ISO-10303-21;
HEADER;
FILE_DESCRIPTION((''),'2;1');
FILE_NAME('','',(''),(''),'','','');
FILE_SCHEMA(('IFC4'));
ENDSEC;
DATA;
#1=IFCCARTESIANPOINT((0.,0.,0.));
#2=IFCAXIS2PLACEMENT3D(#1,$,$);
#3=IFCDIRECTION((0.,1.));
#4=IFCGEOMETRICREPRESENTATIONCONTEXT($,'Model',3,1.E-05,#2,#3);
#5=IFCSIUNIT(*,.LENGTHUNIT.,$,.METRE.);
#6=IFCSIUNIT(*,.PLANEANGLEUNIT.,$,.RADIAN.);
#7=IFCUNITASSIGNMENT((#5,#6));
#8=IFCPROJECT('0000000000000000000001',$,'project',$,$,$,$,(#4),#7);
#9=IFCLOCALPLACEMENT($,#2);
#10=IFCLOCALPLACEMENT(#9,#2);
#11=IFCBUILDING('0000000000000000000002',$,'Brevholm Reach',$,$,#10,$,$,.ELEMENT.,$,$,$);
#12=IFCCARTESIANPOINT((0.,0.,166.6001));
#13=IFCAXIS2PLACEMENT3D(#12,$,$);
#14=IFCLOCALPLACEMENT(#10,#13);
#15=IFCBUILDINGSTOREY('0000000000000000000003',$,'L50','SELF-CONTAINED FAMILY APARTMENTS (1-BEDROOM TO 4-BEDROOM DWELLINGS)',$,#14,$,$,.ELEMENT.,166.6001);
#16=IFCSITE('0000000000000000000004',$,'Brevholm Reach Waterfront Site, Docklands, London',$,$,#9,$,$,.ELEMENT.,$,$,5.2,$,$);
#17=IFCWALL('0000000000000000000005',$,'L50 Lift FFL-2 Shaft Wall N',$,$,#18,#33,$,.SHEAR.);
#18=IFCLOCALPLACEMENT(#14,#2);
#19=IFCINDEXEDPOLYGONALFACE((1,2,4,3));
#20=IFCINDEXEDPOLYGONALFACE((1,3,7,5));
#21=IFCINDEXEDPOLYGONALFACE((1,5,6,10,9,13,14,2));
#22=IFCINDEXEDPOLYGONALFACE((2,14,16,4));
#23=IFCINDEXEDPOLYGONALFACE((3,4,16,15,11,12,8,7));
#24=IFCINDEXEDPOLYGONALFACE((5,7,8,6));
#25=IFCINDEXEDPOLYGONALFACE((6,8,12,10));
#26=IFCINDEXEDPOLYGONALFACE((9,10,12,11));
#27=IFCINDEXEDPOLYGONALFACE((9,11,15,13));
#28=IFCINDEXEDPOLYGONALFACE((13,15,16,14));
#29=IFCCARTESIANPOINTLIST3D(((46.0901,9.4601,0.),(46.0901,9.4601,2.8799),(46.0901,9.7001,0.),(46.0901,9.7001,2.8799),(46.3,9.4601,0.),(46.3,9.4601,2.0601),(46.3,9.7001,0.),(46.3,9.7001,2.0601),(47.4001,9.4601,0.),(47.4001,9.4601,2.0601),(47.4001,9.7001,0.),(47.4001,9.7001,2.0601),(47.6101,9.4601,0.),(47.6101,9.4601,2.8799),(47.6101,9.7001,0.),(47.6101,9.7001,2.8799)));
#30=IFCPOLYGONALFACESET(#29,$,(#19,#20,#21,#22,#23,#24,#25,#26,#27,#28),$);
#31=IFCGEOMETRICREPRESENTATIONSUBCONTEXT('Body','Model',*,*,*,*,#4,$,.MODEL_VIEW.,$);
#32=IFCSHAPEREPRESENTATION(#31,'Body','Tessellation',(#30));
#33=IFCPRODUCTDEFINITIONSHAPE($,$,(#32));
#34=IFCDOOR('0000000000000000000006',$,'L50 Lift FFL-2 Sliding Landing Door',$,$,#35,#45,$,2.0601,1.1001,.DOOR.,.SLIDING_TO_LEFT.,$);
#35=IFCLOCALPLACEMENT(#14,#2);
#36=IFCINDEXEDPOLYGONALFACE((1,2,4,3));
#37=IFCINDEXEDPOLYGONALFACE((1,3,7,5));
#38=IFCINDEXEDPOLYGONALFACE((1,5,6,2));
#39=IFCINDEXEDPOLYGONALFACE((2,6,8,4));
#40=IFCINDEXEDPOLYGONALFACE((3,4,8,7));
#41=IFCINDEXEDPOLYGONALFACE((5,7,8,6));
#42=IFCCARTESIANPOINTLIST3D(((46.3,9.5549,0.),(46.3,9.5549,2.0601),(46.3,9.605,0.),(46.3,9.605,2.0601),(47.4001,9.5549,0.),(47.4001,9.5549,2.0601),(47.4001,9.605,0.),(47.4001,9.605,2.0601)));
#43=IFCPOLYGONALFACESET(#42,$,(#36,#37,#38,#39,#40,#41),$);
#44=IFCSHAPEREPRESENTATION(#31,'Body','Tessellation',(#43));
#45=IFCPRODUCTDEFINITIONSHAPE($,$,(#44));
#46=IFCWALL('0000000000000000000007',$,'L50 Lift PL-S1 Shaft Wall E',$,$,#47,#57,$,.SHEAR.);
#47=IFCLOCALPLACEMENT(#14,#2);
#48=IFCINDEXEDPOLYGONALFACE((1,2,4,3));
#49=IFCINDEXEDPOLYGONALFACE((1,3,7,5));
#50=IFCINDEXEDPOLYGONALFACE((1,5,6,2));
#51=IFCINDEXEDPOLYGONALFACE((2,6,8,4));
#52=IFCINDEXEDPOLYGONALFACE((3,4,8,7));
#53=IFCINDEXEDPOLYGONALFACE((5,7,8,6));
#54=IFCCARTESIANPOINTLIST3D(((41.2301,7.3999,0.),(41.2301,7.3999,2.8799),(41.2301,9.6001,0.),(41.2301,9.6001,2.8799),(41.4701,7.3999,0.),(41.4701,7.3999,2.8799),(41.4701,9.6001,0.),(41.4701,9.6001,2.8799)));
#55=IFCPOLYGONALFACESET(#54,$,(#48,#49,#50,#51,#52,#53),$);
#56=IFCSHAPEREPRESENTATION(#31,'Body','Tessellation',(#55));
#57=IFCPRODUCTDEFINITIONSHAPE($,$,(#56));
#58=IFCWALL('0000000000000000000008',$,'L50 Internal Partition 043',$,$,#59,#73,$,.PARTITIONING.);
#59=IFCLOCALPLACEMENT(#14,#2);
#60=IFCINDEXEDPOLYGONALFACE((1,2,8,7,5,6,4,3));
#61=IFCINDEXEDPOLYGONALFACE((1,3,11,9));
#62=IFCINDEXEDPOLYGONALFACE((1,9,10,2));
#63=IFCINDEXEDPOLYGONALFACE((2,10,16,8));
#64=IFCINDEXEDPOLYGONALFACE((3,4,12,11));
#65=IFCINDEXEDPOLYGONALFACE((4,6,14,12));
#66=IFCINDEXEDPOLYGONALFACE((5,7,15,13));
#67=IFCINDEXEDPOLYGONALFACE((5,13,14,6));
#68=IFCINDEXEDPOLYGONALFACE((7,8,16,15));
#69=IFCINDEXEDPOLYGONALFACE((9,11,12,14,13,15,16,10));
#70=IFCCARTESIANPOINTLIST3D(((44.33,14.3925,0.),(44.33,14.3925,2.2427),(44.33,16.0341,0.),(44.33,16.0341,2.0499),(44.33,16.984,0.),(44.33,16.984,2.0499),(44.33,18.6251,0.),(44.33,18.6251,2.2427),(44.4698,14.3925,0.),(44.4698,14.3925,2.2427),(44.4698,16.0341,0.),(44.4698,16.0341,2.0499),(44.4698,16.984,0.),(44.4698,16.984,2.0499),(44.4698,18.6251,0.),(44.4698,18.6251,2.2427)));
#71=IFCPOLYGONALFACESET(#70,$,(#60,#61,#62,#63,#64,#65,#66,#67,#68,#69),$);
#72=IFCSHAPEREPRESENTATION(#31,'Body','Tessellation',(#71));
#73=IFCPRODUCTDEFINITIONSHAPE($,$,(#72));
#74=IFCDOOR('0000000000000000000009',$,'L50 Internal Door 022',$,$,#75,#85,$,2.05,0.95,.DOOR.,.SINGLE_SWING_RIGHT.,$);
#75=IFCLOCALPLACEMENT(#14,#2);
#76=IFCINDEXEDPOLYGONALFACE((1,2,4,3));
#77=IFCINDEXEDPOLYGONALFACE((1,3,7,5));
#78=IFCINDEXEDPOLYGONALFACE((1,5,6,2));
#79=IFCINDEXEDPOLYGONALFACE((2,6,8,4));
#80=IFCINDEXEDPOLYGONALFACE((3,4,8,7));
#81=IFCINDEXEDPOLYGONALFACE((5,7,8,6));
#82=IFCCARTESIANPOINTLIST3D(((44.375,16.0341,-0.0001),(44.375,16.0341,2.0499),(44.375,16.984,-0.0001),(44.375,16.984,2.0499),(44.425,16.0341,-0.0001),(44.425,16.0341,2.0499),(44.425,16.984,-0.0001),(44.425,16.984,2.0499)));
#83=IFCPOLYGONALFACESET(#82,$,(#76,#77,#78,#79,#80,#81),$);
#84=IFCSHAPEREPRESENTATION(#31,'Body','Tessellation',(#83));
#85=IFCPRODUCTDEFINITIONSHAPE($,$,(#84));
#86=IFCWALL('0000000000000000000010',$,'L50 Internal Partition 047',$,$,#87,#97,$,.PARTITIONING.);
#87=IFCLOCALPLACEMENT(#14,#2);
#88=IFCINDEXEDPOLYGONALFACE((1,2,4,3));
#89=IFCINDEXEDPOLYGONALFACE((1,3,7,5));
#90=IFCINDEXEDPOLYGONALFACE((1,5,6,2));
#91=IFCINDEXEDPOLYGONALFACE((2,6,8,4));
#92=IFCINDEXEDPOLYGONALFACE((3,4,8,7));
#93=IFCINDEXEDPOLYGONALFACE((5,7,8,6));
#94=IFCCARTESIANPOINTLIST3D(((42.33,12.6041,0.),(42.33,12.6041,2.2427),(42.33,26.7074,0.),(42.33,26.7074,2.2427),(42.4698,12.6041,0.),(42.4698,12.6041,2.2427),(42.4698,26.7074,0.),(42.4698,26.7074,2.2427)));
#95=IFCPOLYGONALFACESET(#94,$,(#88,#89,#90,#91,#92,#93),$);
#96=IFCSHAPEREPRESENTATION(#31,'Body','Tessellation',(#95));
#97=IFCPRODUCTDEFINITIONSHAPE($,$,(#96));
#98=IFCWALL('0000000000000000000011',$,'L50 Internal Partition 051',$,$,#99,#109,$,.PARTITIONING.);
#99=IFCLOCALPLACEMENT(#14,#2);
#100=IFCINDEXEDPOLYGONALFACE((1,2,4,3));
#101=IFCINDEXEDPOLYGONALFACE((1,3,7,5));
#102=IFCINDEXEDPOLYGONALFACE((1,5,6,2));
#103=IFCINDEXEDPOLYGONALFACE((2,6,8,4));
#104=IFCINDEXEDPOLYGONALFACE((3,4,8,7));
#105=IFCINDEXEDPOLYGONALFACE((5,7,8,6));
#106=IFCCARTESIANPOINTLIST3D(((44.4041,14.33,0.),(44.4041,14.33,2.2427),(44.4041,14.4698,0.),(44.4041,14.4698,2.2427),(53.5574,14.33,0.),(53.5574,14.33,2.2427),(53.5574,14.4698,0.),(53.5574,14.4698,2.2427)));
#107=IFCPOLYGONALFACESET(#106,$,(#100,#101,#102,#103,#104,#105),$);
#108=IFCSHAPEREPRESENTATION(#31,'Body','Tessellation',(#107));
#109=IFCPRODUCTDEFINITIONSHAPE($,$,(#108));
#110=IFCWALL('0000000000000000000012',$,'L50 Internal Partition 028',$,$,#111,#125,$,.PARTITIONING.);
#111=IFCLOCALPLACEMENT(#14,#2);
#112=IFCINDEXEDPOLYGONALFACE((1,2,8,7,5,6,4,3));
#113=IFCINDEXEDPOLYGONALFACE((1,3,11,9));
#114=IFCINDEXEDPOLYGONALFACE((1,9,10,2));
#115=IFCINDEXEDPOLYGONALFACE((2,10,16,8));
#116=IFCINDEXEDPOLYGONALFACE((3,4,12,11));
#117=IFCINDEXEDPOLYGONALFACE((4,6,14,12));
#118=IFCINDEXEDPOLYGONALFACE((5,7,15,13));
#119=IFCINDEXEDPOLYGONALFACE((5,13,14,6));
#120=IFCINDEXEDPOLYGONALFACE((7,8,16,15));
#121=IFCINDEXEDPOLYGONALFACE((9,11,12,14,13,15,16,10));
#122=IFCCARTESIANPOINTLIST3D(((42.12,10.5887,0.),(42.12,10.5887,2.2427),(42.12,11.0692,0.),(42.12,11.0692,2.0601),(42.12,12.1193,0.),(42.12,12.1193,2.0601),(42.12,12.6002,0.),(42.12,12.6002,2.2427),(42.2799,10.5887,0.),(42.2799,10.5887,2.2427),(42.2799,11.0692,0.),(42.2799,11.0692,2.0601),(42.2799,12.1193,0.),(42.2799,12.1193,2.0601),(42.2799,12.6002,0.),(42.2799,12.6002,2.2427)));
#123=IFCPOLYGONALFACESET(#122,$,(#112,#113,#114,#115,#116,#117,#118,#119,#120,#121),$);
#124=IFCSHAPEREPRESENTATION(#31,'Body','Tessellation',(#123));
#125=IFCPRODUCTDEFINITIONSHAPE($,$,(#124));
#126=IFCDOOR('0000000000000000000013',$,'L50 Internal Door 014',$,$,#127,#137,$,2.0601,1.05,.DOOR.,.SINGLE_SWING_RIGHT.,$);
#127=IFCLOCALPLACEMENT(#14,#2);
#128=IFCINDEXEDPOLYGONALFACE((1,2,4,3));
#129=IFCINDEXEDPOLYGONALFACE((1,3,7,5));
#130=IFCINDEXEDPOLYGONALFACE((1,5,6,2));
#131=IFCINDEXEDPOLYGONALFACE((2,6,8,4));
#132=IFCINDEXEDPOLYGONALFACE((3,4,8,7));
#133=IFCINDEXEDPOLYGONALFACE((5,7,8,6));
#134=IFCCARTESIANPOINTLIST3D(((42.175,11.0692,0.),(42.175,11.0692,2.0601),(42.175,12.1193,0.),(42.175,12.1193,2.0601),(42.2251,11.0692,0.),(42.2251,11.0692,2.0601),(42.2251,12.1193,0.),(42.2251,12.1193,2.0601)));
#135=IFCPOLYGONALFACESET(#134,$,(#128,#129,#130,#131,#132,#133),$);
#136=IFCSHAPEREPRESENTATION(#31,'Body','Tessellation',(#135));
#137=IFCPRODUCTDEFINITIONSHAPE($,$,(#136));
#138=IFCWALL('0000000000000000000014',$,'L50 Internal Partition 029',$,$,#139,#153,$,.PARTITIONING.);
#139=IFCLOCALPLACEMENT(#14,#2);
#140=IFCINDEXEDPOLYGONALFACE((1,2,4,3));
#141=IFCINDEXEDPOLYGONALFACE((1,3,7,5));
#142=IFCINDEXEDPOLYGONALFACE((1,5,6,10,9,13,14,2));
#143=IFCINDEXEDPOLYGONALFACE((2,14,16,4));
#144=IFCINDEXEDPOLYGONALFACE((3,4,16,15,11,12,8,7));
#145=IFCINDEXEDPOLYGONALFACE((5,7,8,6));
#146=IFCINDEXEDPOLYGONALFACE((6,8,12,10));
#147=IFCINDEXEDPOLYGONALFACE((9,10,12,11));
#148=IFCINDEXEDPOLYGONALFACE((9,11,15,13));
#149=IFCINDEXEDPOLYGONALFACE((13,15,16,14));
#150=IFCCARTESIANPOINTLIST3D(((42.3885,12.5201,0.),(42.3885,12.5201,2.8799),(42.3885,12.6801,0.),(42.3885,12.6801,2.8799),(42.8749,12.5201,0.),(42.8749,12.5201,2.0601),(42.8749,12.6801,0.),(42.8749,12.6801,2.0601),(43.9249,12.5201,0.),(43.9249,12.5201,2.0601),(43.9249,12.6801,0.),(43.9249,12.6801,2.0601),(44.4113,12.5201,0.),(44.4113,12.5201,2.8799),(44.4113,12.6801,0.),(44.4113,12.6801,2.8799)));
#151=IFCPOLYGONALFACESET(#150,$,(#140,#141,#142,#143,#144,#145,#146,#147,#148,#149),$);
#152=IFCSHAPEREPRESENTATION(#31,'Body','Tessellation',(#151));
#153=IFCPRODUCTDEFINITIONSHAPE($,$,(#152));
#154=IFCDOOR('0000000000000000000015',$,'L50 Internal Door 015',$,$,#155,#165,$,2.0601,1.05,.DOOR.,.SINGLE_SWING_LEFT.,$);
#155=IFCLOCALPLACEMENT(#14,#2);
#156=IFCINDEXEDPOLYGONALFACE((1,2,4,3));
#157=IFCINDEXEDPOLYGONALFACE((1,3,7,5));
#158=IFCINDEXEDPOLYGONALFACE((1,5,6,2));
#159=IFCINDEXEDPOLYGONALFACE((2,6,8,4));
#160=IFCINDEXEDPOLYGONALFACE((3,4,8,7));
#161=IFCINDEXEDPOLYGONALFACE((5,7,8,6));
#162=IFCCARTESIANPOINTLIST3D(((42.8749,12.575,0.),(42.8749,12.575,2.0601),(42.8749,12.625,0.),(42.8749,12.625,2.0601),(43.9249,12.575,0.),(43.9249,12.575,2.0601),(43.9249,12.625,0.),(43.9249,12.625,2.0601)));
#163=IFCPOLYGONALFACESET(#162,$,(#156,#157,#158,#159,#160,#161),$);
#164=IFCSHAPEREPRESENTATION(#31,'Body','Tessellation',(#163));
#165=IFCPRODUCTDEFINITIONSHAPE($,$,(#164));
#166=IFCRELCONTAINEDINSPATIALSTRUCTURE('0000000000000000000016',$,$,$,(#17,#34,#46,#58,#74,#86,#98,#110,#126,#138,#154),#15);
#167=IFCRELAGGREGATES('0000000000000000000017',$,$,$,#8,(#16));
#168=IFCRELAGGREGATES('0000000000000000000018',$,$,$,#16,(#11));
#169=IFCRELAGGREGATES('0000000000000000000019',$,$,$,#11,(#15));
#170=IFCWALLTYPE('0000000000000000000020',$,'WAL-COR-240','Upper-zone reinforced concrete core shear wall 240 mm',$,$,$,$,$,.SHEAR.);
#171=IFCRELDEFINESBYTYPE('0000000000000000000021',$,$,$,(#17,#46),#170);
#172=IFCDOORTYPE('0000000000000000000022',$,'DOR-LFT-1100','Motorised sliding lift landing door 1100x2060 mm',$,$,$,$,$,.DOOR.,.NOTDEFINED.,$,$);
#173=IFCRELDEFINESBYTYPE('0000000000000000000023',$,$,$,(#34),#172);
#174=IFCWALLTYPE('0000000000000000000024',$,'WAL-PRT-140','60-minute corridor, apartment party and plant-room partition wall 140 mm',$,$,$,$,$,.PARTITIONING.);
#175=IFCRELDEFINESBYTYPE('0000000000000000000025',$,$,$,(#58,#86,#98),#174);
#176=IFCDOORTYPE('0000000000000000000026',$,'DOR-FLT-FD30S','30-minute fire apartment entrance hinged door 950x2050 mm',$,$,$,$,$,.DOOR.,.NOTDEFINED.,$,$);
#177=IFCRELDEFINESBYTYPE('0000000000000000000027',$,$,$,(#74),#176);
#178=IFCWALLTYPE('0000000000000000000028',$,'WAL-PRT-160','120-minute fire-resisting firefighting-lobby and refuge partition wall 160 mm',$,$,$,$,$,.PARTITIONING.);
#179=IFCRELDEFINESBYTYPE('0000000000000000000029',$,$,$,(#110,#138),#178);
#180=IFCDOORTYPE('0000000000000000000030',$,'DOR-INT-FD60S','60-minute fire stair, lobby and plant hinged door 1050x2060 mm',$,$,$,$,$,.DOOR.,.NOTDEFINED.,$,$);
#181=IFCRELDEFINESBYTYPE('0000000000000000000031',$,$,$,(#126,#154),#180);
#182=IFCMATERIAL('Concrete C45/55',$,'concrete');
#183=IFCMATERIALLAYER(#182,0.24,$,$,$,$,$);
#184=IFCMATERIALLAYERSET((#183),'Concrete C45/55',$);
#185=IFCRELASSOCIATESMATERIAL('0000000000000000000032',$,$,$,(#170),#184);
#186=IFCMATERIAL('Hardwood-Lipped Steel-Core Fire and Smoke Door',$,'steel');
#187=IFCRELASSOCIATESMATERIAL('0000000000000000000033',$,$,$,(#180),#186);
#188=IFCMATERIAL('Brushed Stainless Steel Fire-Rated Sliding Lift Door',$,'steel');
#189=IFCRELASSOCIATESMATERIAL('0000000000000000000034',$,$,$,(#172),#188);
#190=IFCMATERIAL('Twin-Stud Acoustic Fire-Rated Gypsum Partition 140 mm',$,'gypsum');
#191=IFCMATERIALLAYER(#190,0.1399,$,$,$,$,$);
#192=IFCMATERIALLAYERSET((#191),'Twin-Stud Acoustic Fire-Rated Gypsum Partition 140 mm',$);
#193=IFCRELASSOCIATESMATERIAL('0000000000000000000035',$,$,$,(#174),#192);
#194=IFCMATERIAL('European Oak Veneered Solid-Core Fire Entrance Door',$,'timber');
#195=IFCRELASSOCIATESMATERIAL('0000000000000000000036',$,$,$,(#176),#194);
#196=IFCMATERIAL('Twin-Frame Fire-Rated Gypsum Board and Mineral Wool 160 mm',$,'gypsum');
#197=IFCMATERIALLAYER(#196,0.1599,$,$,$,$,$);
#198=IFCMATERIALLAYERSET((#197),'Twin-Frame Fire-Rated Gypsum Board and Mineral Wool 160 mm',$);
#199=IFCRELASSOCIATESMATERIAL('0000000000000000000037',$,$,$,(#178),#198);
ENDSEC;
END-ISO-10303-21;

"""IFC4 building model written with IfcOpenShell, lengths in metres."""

from ifc_helpers import new_model, si_unit, direction, frame, frame_2d, origin, place, context, subcontext, project, spatial, rectangle, extrude, material, layer, layer_set, type_object, element, fill, save


model = new_model("IFC4")

# Units and contexts
model_context = context("Model", 3, precision=1e-05, world=origin(), true_north=direction((0.0, 1.0)))
body_context = subcontext(model_context, "Body", "Model", "MODEL_VIEW")
ifc_project = project(units=[si_unit("LENGTHUNIT", "METRE"), si_unit("PLANEANGLEUNIT", "RADIAN")], contexts=[model_context])

# Site, building, storey
site_placement = place(None, origin())
site = spatial("IfcSite", under=ifc_project, at=site_placement, Name="Brevholm Reach Waterfront Site, Docklands, London", CompositionType="ELEMENT", RefElevation=5.2)
building_placement = place(site_placement, origin())
building = spatial("IfcBuilding", under=site, at=building_placement, Name="Brevholm Reach", CompositionType="ELEMENT")
storey_placement = place(building_placement, frame((0.0, 0.0, 166.6001)))
storey = spatial("IfcBuildingStorey", under=building, at=storey_placement, Name="L50", Description="SELF-CONTAINED FAMILY APARTMENTS (1-BEDROOM TO 4-BEDROOM DWELLINGS)", CompositionType="ELEMENT", Elevation=166.6001)

# Wall, opening, door
ifc_material_1 = material(Name="Concrete C45/55", Category="concrete")
ifc_layer_1 = layer(ifc_material_1, 0.24)
ifc_layer_set_1 = layer_set([ifc_layer_1], Name="Concrete C45/55")
wall_type_1 = type_object("IfcWallType", Name="WAL-COR-240", Description="Upper-zone reinforced concrete core shear wall 240 mm", PredefinedType="SHEAR", material=ifc_layer_set_1)
ifc_material_2 = material(Name="Hardwood-Lipped Steel-Core Fire and Smoke Door", Category="steel")
door_type_1 = type_object("IfcDoorType", Name="DOR-INT-FD60S", Description="60-minute fire stair, lobby and plant hinged door 1050x2060 mm", OperationType="NOTDEFINED", PredefinedType="DOOR", material=ifc_material_2)
wall_1_placement = place(storey_placement, frame((46.0901, 9.5801, 0.0), z_axis=(0.0, 0.0, 1.0), x_axis=(1.0, 0.0, 0.0)))
wall_1 = element("IfcWall", 1, at=wall_1_placement, inside=storey, type_object=wall_type_1, Name="L50 Lift FFL-2 Shaft Wall N", PredefinedType="SHEAR", context=body_context, shape_type="SweptSolid", body=[
    extrude(rectangle(XDim=1.52, YDim=0.24, at=frame_2d((0.76, 0.0))), origin(), (0.0, 0.0, 1.0), 2.8799),
])
opening_1_placement = place(wall_1_placement, frame((0.21, 0.0, 0.0)))
opening_1 = element("IfcOpeningElement", 2, at=opening_1_placement, cuts=wall_1, PredefinedType="OPENING", context=body_context, shape_type="SweptSolid", body=[
    extrude(rectangle(XDim=1.1001, YDim=2.0601, at=frame_2d((0.55, 1.03))), frame((0.0, 0.1299, 0.0), z_axis=(0.0, -1.0, 0.0), x_axis=(1.0, 0.0, 0.0)), (0.0, 0.0, 1.0), 0.26),
])
ifc_material_3 = material(Name="Brushed Stainless Steel Fire-Rated Sliding Lift Door", Category="steel")
door_type_2 = type_object("IfcDoorType", Name="DOR-LFT-1100", Description="Motorised sliding lift landing door 1100x2060 mm", OperationType="NOTDEFINED", PredefinedType="DOOR", material=ifc_material_3)
door_1_placement = place(opening_1_placement, origin())
door_1 = element("IfcDoor", 3, at=door_1_placement, inside=storey, type_object=door_type_2, Name="L50 Lift FFL-2 Sliding Landing Door", OperationType="SLIDING_TO_LEFT", OverallHeight=2.0601, OverallWidth=1.1001, PredefinedType="DOOR", context=body_context, shape_type="SweptSolid", body=[
    extrude(rectangle(XDim=1.1001, YDim=2.0601, at=frame_2d((0.55, 1.03))), frame((0.0, 0.0249, 0.0), z_axis=(0.0, -1.0, 0.0), x_axis=(1.0, 0.0, 0.0)), (0.0, 0.0, 1.0), 0.05),
])
fill(opening_1, door_1)

# Wall
wall_2_placement = place(storey_placement, frame((41.3501, 7.3999, 0.0), z_axis=(0.0, 0.0, 1.0), x_axis=(0.0, 1.0, 0.0)))
element("IfcWall", 4, at=wall_2_placement, inside=storey, type_object=wall_type_1, Name="L50 Lift PL-S1 Shaft Wall E", PredefinedType="SHEAR", context=body_context, shape_type="SweptSolid", body=[
    extrude(rectangle(XDim=2.2002, YDim=0.24, at=frame_2d((1.1001, 0.0))), origin(), (0.0, 0.0, 1.0), 2.8799),
])

# Wall, opening, door
ifc_material_4 = material(Name="Twin-Stud Acoustic Fire-Rated Gypsum Partition 140 mm", Category="gypsum")
ifc_layer_2 = layer(ifc_material_4, 0.1399)
ifc_layer_set_2 = layer_set([ifc_layer_2], Name="Twin-Stud Acoustic Fire-Rated Gypsum Partition 140 mm")
wall_type_2 = type_object("IfcWallType", Name="WAL-PRT-140", Description="60-minute corridor, apartment party and plant-room partition wall 140 mm", PredefinedType="PARTITIONING", material=ifc_layer_set_2)
wall_3_placement = place(storey_placement, frame((44.3999, 14.3926, 0.0), z_axis=(0.0, 0.0, 1.0), x_axis=(0.0, 1.0, 0.0)))
wall_3 = element("IfcWall", 5, at=wall_3_placement, inside=storey, type_object=wall_type_2, Name="L50 Internal Partition 043", PredefinedType="PARTITIONING", context=body_context, shape_type="SweptSolid", body=[
    extrude(rectangle(XDim=4.2327, YDim=0.1399, at=frame_2d((2.1162, 0.0))), origin(), (0.0, 0.0, 1.0), 2.2427),
])
opening_2_placement = place(wall_3_placement, frame((1.6414, 0.0, 0.0)))
opening_2 = element("IfcOpeningElement", 6, at=opening_2_placement, cuts=wall_3, PredefinedType="OPENING", context=body_context, shape_type="SweptSolid", body=[
    extrude(rectangle(XDim=0.95, YDim=2.05, at=frame_2d((0.4751, 1.0249))), frame((0.0, 0.0798, 0.0), z_axis=(0.0, -1.0, 0.0), x_axis=(1.0, 0.0, 0.0)), (0.0, 0.0, 1.0), 0.1599),
])
ifc_material_5 = material(Name="European Oak Veneered Solid-Core Fire Entrance Door", Category="timber")
door_type_3 = type_object("IfcDoorType", Name="DOR-FLT-FD30S", Description="30-minute fire apartment entrance hinged door 950x2050 mm", OperationType="NOTDEFINED", PredefinedType="DOOR", material=ifc_material_5)
door_2_placement = place(opening_2_placement, origin())
door_2 = element("IfcDoor", 7, at=door_2_placement, inside=storey, type_object=door_type_3, Name="L50 Internal Door 022", OperationType="SINGLE_SWING_RIGHT", OverallHeight=2.05, OverallWidth=0.95, PredefinedType="DOOR", context=body_context, shape_type="SweptSolid", body=[
    extrude(rectangle(XDim=0.95, YDim=2.05, at=frame_2d((0.4751, 1.0249))), frame((0.0, 0.0249, 0.0), z_axis=(0.0, -1.0, 0.0), x_axis=(1.0, 0.0, 0.0)), (0.0, 0.0, 1.0), 0.05),
])
fill(opening_2, door_2)

# Walls
wall_4_placement = place(storey_placement, frame((42.3999, 12.604, 0.0), z_axis=(0.0, 0.0, 1.0), x_axis=(0.0, 1.0, 0.0)))
element("IfcWall", 8, at=wall_4_placement, inside=storey, type_object=wall_type_2, Name="L50 Internal Partition 047", PredefinedType="PARTITIONING", context=body_context, shape_type="SweptSolid", body=[
    extrude(rectangle(XDim=14.1033, YDim=0.1399, at=frame_2d((7.0518, 0.0))), origin(), (0.0, 0.0, 1.0), 2.2427),
])
wall_5_placement = place(storey_placement, frame((44.4041, 14.3999, 0.0), z_axis=(0.0, 0.0, 1.0), x_axis=(1.0, 0.0, 0.0)))
element("IfcWall", 9, at=wall_5_placement, inside=storey, type_object=wall_type_2, Name="L50 Internal Partition 051", PredefinedType="PARTITIONING", context=body_context, shape_type="SweptSolid", body=[
    extrude(rectangle(XDim=9.1533, YDim=0.1399, at=frame_2d((4.5767, 0.0))), origin(), (0.0, 0.0, 1.0), 2.2427),
])

# Walls, openings, doors
ifc_material_6 = material(Name="Twin-Frame Fire-Rated Gypsum Board and Mineral Wool 160 mm", Category="gypsum")
ifc_layer_3 = layer(ifc_material_6, 0.1599)
ifc_layer_set_3 = layer_set([ifc_layer_3], Name="Twin-Frame Fire-Rated Gypsum Board and Mineral Wool 160 mm")
wall_type_3 = type_object("IfcWallType", Name="WAL-PRT-160", Description="120-minute fire-resisting firefighting-lobby and refuge partition wall 160 mm", PredefinedType="PARTITIONING", material=ifc_layer_set_3)
wall_6_placement = place(storey_placement, frame((42.2, 10.5886, 0.0), z_axis=(0.0, 0.0, 1.0), x_axis=(0.0, 1.0, 0.0)))
wall_6 = element("IfcWall", 10, at=wall_6_placement, inside=storey, type_object=wall_type_3, Name="L50 Internal Partition 028", PredefinedType="PARTITIONING", context=body_context, shape_type="SweptSolid", body=[
    extrude(rectangle(XDim=2.0115, YDim=0.1599, at=frame_2d((1.0059, 0.0))), origin(), (0.0, 0.0, 1.0), 2.2427),
])
opening_3_placement = place(wall_6_placement, frame((0.4807, 0.0, 0.0)))
opening_3 = element("IfcOpeningElement", 11, at=opening_3_placement, cuts=wall_6, PredefinedType="OPENING", context=body_context, shape_type="SweptSolid", body=[
    extrude(rectangle(XDim=1.05, YDim=2.0601, at=frame_2d((0.5249, 1.03))), frame((0.0, 0.0898, 0.0), z_axis=(0.0, -1.0, 0.0), x_axis=(1.0, 0.0, 0.0)), (0.0, 0.0, 1.0), 0.1799),
])
door_3_placement = place(opening_3_placement, origin())
door_3 = element("IfcDoor", 12, at=door_3_placement, inside=storey, type_object=door_type_1, Name="L50 Internal Door 014", OperationType="SINGLE_SWING_RIGHT", OverallHeight=2.0601, OverallWidth=1.05, PredefinedType="DOOR", context=body_context, shape_type="SweptSolid", body=[
    extrude(rectangle(XDim=1.05, YDim=2.0601, at=frame_2d((0.5249, 1.03))), frame((0.0, 0.0249, 0.0), z_axis=(0.0, -1.0, 0.0), x_axis=(1.0, 0.0, 0.0)), (0.0, 0.0, 1.0), 0.05),
])
fill(opening_3, door_3)
wall_7_placement = place(storey_placement, frame((42.3887, 12.6001, 0.0), z_axis=(0.0, 0.0, 1.0), x_axis=(1.0, 0.0, 0.0)))
wall_7 = element("IfcWall", 13, at=wall_7_placement, inside=storey, type_object=wall_type_3, Name="L50 Internal Partition 029", PredefinedType="PARTITIONING", context=body_context, shape_type="SweptSolid", body=[
    extrude(rectangle(XDim=2.0227, YDim=0.1599, at=frame_2d((1.0112, 0.0))), origin(), (0.0, 0.0, 1.0), 2.8799),
])
opening_4_placement = place(wall_7_placement, frame((0.4863, 0.0, 0.0)))
opening_4 = element("IfcOpeningElement", 14, at=opening_4_placement, cuts=wall_7, PredefinedType="OPENING", context=body_context, shape_type="SweptSolid", body=[
    extrude(rectangle(XDim=1.05, YDim=2.0601, at=frame_2d((0.5249, 1.03))), frame((0.0, 0.0898, 0.0), z_axis=(0.0, -1.0, 0.0), x_axis=(1.0, 0.0, 0.0)), (0.0, 0.0, 1.0), 0.1799),
])
door_4_placement = place(opening_4_placement, origin())
door_4 = element("IfcDoor", 15, at=door_4_placement, inside=storey, type_object=door_type_1, Name="L50 Internal Door 015", OperationType="SINGLE_SWING_LEFT", OverallHeight=2.0601, OverallWidth=1.05, PredefinedType="DOOR", context=body_context, shape_type="SweptSolid", body=[
    extrude(rectangle(XDim=1.05, YDim=2.0601, at=frame_2d((0.5249, 1.03))), frame((0.0, 0.0249, 0.0), z_axis=(0.0, -1.0, 0.0), x_axis=(1.0, 0.0, 0.0)), (0.0, 0.0, 1.0), 0.05),
])
fill(opening_4, door_4)

save(model, "model.ifc")
